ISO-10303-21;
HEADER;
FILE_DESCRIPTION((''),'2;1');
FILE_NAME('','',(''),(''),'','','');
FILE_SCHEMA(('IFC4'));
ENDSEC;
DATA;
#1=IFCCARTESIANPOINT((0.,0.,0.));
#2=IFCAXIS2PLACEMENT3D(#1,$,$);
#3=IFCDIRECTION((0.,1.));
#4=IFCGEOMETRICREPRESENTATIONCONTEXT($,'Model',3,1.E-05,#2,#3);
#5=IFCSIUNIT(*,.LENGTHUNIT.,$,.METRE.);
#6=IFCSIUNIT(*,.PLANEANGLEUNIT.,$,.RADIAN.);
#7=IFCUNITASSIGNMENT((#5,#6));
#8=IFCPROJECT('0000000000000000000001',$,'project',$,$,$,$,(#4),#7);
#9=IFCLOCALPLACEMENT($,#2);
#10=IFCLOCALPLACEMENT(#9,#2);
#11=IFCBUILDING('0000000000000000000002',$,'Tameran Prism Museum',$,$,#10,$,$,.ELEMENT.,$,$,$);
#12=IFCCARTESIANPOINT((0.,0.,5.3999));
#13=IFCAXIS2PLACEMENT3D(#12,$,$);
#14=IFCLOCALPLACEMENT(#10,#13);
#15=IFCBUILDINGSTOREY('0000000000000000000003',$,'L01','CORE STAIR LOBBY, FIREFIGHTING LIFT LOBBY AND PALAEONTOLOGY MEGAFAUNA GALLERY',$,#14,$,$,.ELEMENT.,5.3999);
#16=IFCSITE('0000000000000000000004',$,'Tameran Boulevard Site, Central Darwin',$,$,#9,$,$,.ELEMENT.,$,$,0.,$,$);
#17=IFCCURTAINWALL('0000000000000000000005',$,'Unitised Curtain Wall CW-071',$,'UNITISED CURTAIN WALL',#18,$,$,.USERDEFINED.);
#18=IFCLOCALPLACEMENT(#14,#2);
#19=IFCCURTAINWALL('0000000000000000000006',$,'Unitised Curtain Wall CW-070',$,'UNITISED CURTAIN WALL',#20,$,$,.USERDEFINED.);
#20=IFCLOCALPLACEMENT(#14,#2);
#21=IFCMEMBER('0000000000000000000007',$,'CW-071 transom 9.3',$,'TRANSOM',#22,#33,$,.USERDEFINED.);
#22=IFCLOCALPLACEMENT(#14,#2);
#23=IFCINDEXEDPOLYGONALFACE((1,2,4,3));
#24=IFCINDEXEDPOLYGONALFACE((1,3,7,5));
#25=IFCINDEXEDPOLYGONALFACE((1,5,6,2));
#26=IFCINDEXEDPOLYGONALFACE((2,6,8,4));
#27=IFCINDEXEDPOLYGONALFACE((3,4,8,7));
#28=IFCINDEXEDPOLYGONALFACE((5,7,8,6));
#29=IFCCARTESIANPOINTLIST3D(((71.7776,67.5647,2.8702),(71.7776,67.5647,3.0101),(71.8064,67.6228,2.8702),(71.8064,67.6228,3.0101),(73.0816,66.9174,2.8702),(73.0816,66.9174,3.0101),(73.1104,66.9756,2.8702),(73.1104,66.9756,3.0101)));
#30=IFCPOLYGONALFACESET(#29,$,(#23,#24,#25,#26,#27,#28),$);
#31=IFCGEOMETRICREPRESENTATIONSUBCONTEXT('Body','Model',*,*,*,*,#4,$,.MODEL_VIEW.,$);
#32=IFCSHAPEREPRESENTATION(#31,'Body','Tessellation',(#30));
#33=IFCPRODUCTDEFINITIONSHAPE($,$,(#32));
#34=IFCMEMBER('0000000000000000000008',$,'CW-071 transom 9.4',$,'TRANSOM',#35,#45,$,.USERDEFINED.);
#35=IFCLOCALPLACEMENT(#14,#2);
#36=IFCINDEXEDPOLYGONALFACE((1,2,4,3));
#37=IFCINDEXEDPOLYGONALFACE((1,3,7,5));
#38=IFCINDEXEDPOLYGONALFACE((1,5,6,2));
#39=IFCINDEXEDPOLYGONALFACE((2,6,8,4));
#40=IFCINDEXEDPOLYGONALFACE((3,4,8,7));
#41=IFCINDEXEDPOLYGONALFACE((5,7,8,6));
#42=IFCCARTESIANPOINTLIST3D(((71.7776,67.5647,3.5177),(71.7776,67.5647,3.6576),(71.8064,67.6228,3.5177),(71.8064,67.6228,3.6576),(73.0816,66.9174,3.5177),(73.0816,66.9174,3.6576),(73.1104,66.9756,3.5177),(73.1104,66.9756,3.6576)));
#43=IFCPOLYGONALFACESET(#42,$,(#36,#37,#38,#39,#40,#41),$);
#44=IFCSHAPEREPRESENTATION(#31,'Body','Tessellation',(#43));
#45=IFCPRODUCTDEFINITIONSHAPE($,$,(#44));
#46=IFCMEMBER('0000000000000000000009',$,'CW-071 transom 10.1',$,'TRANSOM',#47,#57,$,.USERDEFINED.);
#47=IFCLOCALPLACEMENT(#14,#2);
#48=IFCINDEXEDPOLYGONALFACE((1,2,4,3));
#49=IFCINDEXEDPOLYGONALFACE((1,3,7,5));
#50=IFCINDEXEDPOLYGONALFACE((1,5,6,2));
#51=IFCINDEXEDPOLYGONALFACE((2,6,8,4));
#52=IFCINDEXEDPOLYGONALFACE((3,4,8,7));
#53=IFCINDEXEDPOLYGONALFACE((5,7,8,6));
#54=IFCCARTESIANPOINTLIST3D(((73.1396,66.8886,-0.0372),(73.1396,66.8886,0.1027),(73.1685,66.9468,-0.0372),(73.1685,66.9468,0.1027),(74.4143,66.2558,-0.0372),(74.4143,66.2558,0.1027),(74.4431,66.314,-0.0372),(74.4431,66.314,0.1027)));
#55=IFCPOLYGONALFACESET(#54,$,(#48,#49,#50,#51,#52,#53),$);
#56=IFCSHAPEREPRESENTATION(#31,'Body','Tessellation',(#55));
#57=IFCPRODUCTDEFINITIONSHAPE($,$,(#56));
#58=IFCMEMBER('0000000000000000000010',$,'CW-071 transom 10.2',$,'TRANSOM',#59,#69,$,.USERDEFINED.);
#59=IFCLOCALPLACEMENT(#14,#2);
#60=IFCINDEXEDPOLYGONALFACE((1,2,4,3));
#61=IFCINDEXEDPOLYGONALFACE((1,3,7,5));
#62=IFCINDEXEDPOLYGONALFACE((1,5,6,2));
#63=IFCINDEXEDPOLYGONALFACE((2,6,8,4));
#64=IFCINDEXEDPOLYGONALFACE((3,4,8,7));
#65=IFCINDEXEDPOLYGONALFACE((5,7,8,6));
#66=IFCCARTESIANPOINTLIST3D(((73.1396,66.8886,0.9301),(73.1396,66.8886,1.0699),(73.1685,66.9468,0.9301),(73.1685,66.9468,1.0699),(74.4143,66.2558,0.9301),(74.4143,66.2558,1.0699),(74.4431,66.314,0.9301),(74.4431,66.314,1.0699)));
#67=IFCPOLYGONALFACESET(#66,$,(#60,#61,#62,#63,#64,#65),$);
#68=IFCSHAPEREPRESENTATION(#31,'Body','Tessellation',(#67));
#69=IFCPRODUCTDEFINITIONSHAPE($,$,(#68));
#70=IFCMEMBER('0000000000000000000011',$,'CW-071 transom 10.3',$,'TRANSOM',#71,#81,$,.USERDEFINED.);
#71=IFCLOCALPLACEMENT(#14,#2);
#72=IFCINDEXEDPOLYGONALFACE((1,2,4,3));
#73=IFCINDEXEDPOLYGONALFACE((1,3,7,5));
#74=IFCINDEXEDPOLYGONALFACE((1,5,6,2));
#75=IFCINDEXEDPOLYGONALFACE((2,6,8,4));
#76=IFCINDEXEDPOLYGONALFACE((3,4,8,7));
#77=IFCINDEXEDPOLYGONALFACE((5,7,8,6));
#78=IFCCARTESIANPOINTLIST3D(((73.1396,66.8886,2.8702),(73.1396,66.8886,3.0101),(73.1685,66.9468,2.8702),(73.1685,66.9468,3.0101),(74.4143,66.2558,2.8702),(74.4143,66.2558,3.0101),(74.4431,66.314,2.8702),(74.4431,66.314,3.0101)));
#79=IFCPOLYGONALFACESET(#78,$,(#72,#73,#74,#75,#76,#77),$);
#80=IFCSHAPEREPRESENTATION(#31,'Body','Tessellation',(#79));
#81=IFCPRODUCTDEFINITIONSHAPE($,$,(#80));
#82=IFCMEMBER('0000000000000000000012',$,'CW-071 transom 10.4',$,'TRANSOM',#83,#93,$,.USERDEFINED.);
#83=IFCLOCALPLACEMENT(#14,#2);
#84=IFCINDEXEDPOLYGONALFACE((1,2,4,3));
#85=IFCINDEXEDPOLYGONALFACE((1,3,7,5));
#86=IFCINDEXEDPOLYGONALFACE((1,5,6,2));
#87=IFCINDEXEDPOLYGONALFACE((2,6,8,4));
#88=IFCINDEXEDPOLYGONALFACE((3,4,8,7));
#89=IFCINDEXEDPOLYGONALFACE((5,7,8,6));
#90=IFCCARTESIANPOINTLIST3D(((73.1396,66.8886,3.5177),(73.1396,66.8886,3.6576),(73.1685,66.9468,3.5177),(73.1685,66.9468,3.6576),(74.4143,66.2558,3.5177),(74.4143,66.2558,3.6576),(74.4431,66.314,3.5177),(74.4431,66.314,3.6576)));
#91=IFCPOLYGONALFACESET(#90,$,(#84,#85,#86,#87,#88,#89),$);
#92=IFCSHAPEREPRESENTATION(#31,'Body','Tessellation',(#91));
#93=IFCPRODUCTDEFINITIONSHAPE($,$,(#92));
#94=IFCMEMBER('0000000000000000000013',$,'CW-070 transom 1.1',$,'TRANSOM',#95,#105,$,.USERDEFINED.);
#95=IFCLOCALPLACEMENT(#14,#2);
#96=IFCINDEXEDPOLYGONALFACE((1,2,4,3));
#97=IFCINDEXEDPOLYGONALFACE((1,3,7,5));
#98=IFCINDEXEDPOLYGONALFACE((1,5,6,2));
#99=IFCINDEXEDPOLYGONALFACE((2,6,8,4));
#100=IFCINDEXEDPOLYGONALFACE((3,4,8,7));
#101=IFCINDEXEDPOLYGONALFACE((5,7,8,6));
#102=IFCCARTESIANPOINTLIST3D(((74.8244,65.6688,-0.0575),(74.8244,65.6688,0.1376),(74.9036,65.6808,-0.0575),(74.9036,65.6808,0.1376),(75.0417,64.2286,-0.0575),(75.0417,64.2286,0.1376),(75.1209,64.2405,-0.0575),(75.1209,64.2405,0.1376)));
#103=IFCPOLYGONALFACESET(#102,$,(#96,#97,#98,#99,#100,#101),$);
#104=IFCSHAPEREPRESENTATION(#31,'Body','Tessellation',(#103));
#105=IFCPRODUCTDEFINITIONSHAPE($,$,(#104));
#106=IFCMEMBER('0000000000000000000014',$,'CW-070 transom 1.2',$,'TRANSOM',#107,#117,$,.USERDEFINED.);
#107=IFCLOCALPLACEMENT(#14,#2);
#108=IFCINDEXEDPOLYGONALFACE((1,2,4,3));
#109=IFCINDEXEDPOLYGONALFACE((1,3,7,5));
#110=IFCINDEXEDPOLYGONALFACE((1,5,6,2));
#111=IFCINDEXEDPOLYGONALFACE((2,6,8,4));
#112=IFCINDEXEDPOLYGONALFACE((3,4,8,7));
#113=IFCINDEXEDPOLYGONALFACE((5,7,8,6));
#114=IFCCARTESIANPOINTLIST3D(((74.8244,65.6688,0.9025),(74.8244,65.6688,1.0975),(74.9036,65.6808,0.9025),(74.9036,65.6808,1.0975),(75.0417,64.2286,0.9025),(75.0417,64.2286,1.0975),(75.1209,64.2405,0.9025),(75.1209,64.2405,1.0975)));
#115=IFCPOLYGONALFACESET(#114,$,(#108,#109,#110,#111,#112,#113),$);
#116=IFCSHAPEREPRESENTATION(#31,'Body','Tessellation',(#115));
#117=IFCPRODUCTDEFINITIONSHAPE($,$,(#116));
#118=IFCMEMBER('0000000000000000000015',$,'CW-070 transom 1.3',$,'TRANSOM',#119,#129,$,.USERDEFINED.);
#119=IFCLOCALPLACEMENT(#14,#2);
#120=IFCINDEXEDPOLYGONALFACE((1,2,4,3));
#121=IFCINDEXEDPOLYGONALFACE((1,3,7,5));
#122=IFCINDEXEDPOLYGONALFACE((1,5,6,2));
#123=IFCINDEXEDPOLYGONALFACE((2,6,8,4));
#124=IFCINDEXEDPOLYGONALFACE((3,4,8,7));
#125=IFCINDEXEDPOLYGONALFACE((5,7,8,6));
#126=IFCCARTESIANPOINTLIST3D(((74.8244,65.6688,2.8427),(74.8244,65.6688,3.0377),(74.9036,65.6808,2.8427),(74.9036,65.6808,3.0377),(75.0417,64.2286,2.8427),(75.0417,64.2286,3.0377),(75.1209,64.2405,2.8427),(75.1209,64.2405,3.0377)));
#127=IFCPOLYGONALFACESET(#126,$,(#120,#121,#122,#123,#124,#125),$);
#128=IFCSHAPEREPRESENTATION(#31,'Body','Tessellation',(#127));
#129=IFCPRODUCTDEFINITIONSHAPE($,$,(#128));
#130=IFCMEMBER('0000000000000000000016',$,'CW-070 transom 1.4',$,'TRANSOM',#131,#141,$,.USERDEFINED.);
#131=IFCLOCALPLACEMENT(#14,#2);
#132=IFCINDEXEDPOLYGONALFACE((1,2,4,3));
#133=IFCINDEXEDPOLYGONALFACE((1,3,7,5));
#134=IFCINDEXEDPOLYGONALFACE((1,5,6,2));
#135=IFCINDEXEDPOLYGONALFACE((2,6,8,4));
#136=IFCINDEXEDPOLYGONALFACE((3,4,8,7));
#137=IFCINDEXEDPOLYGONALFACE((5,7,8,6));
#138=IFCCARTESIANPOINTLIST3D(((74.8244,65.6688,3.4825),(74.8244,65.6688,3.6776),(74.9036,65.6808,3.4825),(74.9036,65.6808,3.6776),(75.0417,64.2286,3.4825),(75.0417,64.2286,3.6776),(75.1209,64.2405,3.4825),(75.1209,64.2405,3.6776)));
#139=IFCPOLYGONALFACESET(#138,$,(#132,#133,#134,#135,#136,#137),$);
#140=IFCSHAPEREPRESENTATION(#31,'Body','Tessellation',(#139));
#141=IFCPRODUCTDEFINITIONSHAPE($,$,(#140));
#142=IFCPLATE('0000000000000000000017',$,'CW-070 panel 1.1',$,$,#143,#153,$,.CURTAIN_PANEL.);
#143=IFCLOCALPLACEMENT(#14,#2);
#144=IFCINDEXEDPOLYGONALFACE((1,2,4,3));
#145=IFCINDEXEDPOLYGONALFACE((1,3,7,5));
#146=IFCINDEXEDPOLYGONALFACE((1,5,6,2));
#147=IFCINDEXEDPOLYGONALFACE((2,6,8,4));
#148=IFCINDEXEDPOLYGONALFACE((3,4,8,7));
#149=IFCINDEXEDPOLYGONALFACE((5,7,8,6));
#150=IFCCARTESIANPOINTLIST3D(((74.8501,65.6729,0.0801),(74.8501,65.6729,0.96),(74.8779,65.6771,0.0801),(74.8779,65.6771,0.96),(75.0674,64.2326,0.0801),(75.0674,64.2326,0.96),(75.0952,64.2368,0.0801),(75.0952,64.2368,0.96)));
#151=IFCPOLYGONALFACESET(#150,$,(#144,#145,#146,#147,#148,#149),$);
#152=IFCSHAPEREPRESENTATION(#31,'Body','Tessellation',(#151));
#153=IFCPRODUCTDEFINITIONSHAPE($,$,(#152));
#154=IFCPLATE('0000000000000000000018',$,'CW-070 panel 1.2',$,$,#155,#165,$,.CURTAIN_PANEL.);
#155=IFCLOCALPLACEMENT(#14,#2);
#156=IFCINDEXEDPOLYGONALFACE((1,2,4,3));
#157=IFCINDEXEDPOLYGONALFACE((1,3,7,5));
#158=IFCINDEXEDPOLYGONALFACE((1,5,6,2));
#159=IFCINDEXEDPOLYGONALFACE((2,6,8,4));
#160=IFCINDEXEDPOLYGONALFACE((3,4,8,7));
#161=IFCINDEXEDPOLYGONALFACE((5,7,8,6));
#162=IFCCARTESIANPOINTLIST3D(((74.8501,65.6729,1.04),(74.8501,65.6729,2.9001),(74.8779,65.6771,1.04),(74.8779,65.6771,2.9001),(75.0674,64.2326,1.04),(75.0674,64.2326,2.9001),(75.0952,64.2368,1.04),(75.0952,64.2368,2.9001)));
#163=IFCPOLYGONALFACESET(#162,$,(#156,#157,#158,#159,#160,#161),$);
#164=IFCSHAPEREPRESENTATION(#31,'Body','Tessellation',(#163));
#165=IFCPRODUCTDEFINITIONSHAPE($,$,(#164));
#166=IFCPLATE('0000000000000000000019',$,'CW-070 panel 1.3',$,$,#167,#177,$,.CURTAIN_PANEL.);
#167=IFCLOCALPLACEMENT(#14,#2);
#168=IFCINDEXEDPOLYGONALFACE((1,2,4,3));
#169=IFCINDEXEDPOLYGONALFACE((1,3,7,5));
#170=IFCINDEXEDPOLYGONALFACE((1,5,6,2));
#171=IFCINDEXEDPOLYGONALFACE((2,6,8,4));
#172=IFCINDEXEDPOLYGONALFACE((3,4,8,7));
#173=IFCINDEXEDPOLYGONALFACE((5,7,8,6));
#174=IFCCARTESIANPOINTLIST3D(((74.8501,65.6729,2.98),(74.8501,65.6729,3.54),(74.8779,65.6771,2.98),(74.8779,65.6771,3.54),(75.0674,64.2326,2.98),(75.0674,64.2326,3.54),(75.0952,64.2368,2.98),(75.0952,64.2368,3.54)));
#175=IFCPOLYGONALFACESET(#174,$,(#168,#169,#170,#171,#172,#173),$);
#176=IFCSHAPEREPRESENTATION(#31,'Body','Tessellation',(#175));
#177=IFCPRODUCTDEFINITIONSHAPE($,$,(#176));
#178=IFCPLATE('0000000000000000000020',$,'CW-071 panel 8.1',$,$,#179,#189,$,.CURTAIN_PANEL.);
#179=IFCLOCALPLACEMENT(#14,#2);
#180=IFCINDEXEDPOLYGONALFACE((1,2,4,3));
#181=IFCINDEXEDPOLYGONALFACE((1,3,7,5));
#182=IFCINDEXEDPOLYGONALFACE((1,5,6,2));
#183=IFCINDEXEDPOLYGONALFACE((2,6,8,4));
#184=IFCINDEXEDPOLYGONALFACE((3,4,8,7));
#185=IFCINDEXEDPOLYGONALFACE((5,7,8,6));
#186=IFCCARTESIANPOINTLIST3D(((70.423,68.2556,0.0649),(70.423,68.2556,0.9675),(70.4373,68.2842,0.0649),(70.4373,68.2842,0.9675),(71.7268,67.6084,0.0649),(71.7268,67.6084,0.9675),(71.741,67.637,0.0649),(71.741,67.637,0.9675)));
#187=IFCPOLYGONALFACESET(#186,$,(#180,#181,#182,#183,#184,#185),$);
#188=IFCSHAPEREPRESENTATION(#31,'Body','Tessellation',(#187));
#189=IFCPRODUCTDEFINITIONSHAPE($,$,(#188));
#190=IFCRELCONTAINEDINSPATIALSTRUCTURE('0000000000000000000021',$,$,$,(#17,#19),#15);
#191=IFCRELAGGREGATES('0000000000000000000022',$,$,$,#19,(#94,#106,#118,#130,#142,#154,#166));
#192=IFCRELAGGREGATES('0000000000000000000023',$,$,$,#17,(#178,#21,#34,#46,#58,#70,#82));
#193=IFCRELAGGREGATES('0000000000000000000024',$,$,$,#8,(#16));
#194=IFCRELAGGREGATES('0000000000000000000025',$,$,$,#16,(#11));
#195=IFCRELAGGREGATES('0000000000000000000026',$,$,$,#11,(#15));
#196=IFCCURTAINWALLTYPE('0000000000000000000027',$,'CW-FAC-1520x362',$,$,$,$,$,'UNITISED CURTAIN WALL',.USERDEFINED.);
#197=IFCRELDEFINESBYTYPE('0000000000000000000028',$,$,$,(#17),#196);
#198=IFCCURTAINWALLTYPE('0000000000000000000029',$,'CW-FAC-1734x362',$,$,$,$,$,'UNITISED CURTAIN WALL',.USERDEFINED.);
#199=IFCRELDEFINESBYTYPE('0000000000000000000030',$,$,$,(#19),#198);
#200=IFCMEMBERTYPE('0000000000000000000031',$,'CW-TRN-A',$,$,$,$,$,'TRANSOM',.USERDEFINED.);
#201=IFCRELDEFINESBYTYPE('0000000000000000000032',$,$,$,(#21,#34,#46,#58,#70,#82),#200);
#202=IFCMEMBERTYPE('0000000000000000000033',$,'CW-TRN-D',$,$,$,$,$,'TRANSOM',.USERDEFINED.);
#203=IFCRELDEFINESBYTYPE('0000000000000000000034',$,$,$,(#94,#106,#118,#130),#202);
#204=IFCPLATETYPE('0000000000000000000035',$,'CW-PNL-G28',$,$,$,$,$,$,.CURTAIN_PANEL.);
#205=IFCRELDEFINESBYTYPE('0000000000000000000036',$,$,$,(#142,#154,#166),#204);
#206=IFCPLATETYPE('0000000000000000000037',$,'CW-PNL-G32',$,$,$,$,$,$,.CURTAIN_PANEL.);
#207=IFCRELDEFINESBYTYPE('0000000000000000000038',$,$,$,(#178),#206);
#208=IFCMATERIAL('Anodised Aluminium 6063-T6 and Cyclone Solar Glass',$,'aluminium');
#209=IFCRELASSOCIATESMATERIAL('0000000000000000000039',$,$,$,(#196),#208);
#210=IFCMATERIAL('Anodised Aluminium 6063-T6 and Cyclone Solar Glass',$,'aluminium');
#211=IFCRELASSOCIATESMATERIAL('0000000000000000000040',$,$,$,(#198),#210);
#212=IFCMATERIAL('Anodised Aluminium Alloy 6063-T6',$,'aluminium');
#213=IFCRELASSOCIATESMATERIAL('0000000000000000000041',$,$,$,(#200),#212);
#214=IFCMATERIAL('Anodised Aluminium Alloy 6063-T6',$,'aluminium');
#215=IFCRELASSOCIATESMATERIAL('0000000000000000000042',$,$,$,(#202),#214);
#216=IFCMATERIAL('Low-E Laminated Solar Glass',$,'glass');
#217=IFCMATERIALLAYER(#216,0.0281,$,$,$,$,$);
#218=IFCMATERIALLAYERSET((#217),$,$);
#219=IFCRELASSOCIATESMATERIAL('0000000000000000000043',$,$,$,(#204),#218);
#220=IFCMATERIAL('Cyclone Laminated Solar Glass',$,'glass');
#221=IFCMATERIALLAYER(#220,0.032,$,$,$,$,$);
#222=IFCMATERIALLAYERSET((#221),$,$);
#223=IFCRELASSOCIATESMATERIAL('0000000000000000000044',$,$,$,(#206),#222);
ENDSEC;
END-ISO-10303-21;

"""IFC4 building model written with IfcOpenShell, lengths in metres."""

from ifc_helpers import new_model, si_unit, direction, frame, origin, origin_2d, place, context, subcontext, project, spatial, rectangle, extrude, material, layer, layer_set, material_profile, profile_set, type_object, element, aggregate, save


model = new_model("IFC4")

# Units and contexts
model_context = context("Model", 3, precision=1e-05, world=origin(), true_north=direction((0.0, 1.0)))
body_context = subcontext(model_context, "Body", "Model", "MODEL_VIEW")
ifc_project = project(units=[si_unit("LENGTHUNIT", "METRE"), si_unit("PLANEANGLEUNIT", "RADIAN")], contexts=[model_context])

# Site, building, storey
site_placement = place(None, origin())
site = spatial("IfcSite", under=ifc_project, at=site_placement, Name="Tameran Boulevard Site, Central Darwin", CompositionType="ELEMENT", RefElevation=0.0)
building_placement = place(site_placement, origin())
building = spatial("IfcBuilding", under=site, at=building_placement, Name="Tameran Prism Museum", CompositionType="ELEMENT")
storey_placement = place(building_placement, frame((0.0, 0.0, 5.3999)))
storey = spatial("IfcBuildingStorey", under=building, at=storey_placement, Name="L01", Description="CORE STAIR LOBBY, FIREFIGHTING LIFT LOBBY AND PALAEONTOLOGY MEGAFAUNA GALLERY", CompositionType="ELEMENT", Elevation=5.3999)

# Curtain wall
ifc_material_1 = material(Name="Anodised Aluminium 6063-T6 and Cyclone Solar Glass", Category="aluminium")
curtain_wall_type_1 = type_object("IfcCurtainWallType", Name="CW-FAC-1520x362", ElementType="UNITISED CURTAIN WALL", PredefinedType="USERDEFINED", material=ifc_material_1)
curtain_wall_1_placement = place(storey_placement, origin())
curtain_wall_1 = element("IfcCurtainWall", 1, at=curtain_wall_1_placement, inside=storey, type_object=curtain_wall_type_1, Name="Unitised Curtain Wall CW-071", ObjectType="UNITISED CURTAIN WALL", PredefinedType="USERDEFINED")

# Curtain wall
ifc_material_2 = material(Name="Anodised Aluminium 6063-T6 and Cyclone Solar Glass", Category="aluminium")
curtain_wall_type_2 = type_object("IfcCurtainWallType", Name="CW-FAC-1734x362", ElementType="UNITISED CURTAIN WALL", PredefinedType="USERDEFINED", material=ifc_material_2)
curtain_wall_2_placement = place(storey_placement, origin())
curtain_wall_2 = element("IfcCurtainWall", 2, at=curtain_wall_2_placement, inside=storey, type_object=curtain_wall_type_2, Name="Unitised Curtain Wall CW-070", ObjectType="UNITISED CURTAIN WALL", PredefinedType="USERDEFINED")

# Members
ifc_material_3 = material(Name="Anodised Aluminium Alloy 6063-T6", Category="aluminium")
ifc_material_profile_1 = material_profile(ifc_material_3, rectangle(XDim=0.0649, YDim=0.1399, at=origin_2d()))
ifc_profile_set_1 = profile_set([ifc_material_profile_1])
member_type_1 = type_object("IfcMemberType", Name="CW-TRN-A", ElementType="TRANSOM", PredefinedType="USERDEFINED", material=ifc_profile_set_1)
member_1_placement = place(storey_placement, frame((71.792, 67.5938, 2.9402), z_axis=(0.895731, -0.444595, 0.0), x_axis=(0.444595, 0.895731, 0.0)))
member_1 = element("IfcMember", 3, at=member_1_placement, type_object=member_type_1, Name="CW-071 transom 9.3", ObjectType="TRANSOM", PredefinedType="USERDEFINED", context=body_context, shape_type="SweptSolid", body=[
    extrude(rectangle(XDim=0.0649, YDim=0.1399, at=origin_2d()), origin(), (0.0, 0.0, 1.0), 1.4558),
])
member_2_placement = place(storey_placement, frame((71.792, 67.5938, 3.5876), z_axis=(0.895731, -0.444595, 0.0), x_axis=(0.444595, 0.895731, 0.0)))
member_2 = element("IfcMember", 4, at=member_2_placement, type_object=member_type_1, Name="CW-071 transom 9.4", ObjectType="TRANSOM", PredefinedType="USERDEFINED", context=body_context, shape_type="SweptSolid", body=[
    extrude(rectangle(XDim=0.0649, YDim=0.1399, at=origin_2d()), origin(), (0.0, 0.0, 1.0), 1.4558),
])
member_3_placement = place(storey_placement, frame((73.1541, 66.9177, 0.0327), z_axis=(0.895693, -0.444673, 0.0), x_axis=(0.444673, 0.895693, 0.0)))
member_3 = element("IfcMember", 5, at=member_3_placement, type_object=member_type_1, Name="CW-071 transom 10.1", ObjectType="TRANSOM", PredefinedType="USERDEFINED", context=body_context, shape_type="SweptSolid", body=[
    extrude(rectangle(XDim=0.0649, YDim=0.1399, at=origin_2d()), origin(), (0.0, 0.0, 1.0), 1.4231),
])
member_4_placement = place(storey_placement, frame((73.1541, 66.9177, 1.0), z_axis=(0.895693, -0.444673, 0.0), x_axis=(0.444673, 0.895693, 0.0)))
member_4 = element("IfcMember", 6, at=member_4_placement, type_object=member_type_1, Name="CW-071 transom 10.2", ObjectType="TRANSOM", PredefinedType="USERDEFINED", context=body_context, shape_type="SweptSolid", body=[
    extrude(rectangle(XDim=0.0649, YDim=0.1399, at=origin_2d()), origin(), (0.0, 0.0, 1.0), 1.4231),
])
member_5_placement = place(storey_placement, frame((73.1541, 66.9177, 2.9402), z_axis=(0.895693, -0.444673, 0.0), x_axis=(0.444673, 0.895693, 0.0)))
member_5 = element("IfcMember", 7, at=member_5_placement, type_object=member_type_1, Name="CW-071 transom 10.3", ObjectType="TRANSOM", PredefinedType="USERDEFINED", context=body_context, shape_type="SweptSolid", body=[
    extrude(rectangle(XDim=0.0649, YDim=0.1399, at=origin_2d()), origin(), (0.0, 0.0, 1.0), 1.4231),
])
member_6_placement = place(storey_placement, frame((73.1541, 66.9177, 3.5876), z_axis=(0.895693, -0.444673, 0.0), x_axis=(0.444673, 0.895693, 0.0)))
member_6 = element("IfcMember", 8, at=member_6_placement, type_object=member_type_1, Name="CW-071 transom 10.4", ObjectType="TRANSOM", PredefinedType="USERDEFINED", context=body_context, shape_type="SweptSolid", body=[
    extrude(rectangle(XDim=0.0649, YDim=0.1399, at=origin_2d()), origin(), (0.0, 0.0, 1.0), 1.4231),
])
ifc_material_4 = material(Name="Anodised Aluminium Alloy 6063-T6", Category="aluminium")
ifc_material_profile_2 = material_profile(ifc_material_4, rectangle(XDim=0.0801, YDim=0.1951, at=origin_2d()))
ifc_profile_set_2 = profile_set([ifc_material_profile_2])
member_type_2 = type_object("IfcMemberType", Name="CW-TRN-D", ElementType="TRANSOM", PredefinedType="USERDEFINED", material=ifc_profile_set_2)
member_7_placement = place(storey_placement, frame((74.864, 65.6748, 0.04), z_axis=(0.149185, -0.988809, 0.0), x_axis=(0.988809, 0.149185, 0.0)))
member_7 = element("IfcMember", 9, at=member_7_placement, type_object=member_type_2, Name="CW-070 transom 1.1", ObjectType="TRANSOM", PredefinedType="USERDEFINED", context=body_context, shape_type="SweptSolid", body=[
    extrude(rectangle(XDim=0.0801, YDim=0.1951, at=origin_2d()), origin(), (0.0, 0.0, 1.0), 1.4565),
])
member_8_placement = place(storey_placement, frame((74.864, 65.6748, 1.0), z_axis=(0.149185, -0.988809, 0.0), x_axis=(0.988809, 0.149185, 0.0)))
member_8 = element("IfcMember", 10, at=member_8_placement, type_object=member_type_2, Name="CW-070 transom 1.2", ObjectType="TRANSOM", PredefinedType="USERDEFINED", context=body_context, shape_type="SweptSolid", body=[
    extrude(rectangle(XDim=0.0801, YDim=0.1951, at=origin_2d()), origin(), (0.0, 0.0, 1.0), 1.4565),
])
member_9_placement = place(storey_placement, frame((74.864, 65.6748, 2.9402), z_axis=(0.149185, -0.988809, 0.0), x_axis=(0.988809, 0.149185, 0.0)))
member_9 = element("IfcMember", 11, at=member_9_placement, type_object=member_type_2, Name="CW-070 transom 1.3", ObjectType="TRANSOM", PredefinedType="USERDEFINED", context=body_context, shape_type="SweptSolid", body=[
    extrude(rectangle(XDim=0.0801, YDim=0.1951, at=origin_2d()), origin(), (0.0, 0.0, 1.0), 1.4565),
])
member_10_placement = place(storey_placement, frame((74.864, 65.6748, 3.5801), z_axis=(0.149185, -0.988809, 0.0), x_axis=(0.988809, 0.149185, 0.0)))
member_10 = element("IfcMember", 12, at=member_10_placement, type_object=member_type_2, Name="CW-070 transom 1.4", ObjectType="TRANSOM", PredefinedType="USERDEFINED", context=body_context, shape_type="SweptSolid", body=[
    extrude(rectangle(XDim=0.0801, YDim=0.1951, at=origin_2d()), origin(), (0.0, 0.0, 1.0), 1.4565),
])

# Plates
ifc_material_5 = material(Name="Low-E Laminated Solar Glass", Category="glass")
ifc_layer_1 = layer(ifc_material_5, 0.0281)
ifc_layer_set_1 = layer_set([ifc_layer_1])
plate_type_1 = type_object("IfcPlateType", Name="CW-PNL-G28", PredefinedType="CURTAIN_PANEL", material=ifc_layer_set_1)
plate_1_placement = place(storey_placement, frame((74.9727, 64.9548, 0.0801), z_axis=(0.0, 0.0, 1.0), x_axis=(0.149167, -0.988812, 0.0)))
plate_1 = element("IfcPlate", 13, at=plate_1_placement, type_object=plate_type_1, Name="CW-070 panel 1.1", PredefinedType="CURTAIN_PANEL", context=body_context, shape_type="SweptSolid", body=[
    extrude(rectangle(XDim=1.4565, YDim=0.0281, at=origin_2d()), origin(), (0.0, 0.0, 1.0), 0.8799),
])
plate_2_placement = place(storey_placement, frame((74.9727, 64.9548, 1.04), z_axis=(0.0, 0.0, 1.0), x_axis=(0.149167, -0.988812, 0.0)))
plate_2 = element("IfcPlate", 14, at=plate_2_placement, type_object=plate_type_1, Name="CW-070 panel 1.2", PredefinedType="CURTAIN_PANEL", context=body_context, shape_type="SweptSolid", body=[
    extrude(rectangle(XDim=1.4565, YDim=0.0281, at=origin_2d()), origin(), (0.0, 0.0, 1.0), 1.8601),
])
plate_3_placement = place(storey_placement, frame((74.9727, 64.9548, 2.98), z_axis=(0.0, 0.0, 1.0), x_axis=(0.149167, -0.988812, 0.0)))
plate_3 = element("IfcPlate", 15, at=plate_3_placement, type_object=plate_type_1, Name="CW-070 panel 1.3", PredefinedType="CURTAIN_PANEL", context=body_context, shape_type="SweptSolid", body=[
    extrude(rectangle(XDim=1.4565, YDim=0.0281, at=origin_2d()), origin(), (0.0, 0.0, 1.0), 0.5601),
])
aggregate(curtain_wall_2, [member_7, member_8, member_9, member_10, plate_1, plate_2, plate_3])
ifc_material_6 = material(Name="Cyclone Laminated Solar Glass", Category="glass")
ifc_layer_2 = layer(ifc_material_6, 0.032)
ifc_layer_set_2 = layer_set([ifc_layer_2])
plate_type_2 = type_object("IfcPlateType", Name="CW-PNL-G32", PredefinedType="CURTAIN_PANEL", material=ifc_layer_set_2)
plate_4_placement = place(storey_placement, frame((71.082, 67.9463, 0.0649), z_axis=(0.0, 0.0, 1.0), x_axis=(0.895712, -0.444634, 0.0)))
plate_4 = element("IfcPlate", 16, at=plate_4_placement, type_object=plate_type_2, Name="CW-071 panel 8.1", PredefinedType="CURTAIN_PANEL", context=body_context, shape_type="SweptSolid", body=[
    extrude(rectangle(XDim=1.4556, YDim=0.032, at=origin_2d()), origin(), (0.0, 0.0, 1.0), 0.9026),
])
aggregate(curtain_wall_1, [plate_4, member_1, member_2, member_3, member_4, member_5, member_6])

save(model, "model.ifc")
